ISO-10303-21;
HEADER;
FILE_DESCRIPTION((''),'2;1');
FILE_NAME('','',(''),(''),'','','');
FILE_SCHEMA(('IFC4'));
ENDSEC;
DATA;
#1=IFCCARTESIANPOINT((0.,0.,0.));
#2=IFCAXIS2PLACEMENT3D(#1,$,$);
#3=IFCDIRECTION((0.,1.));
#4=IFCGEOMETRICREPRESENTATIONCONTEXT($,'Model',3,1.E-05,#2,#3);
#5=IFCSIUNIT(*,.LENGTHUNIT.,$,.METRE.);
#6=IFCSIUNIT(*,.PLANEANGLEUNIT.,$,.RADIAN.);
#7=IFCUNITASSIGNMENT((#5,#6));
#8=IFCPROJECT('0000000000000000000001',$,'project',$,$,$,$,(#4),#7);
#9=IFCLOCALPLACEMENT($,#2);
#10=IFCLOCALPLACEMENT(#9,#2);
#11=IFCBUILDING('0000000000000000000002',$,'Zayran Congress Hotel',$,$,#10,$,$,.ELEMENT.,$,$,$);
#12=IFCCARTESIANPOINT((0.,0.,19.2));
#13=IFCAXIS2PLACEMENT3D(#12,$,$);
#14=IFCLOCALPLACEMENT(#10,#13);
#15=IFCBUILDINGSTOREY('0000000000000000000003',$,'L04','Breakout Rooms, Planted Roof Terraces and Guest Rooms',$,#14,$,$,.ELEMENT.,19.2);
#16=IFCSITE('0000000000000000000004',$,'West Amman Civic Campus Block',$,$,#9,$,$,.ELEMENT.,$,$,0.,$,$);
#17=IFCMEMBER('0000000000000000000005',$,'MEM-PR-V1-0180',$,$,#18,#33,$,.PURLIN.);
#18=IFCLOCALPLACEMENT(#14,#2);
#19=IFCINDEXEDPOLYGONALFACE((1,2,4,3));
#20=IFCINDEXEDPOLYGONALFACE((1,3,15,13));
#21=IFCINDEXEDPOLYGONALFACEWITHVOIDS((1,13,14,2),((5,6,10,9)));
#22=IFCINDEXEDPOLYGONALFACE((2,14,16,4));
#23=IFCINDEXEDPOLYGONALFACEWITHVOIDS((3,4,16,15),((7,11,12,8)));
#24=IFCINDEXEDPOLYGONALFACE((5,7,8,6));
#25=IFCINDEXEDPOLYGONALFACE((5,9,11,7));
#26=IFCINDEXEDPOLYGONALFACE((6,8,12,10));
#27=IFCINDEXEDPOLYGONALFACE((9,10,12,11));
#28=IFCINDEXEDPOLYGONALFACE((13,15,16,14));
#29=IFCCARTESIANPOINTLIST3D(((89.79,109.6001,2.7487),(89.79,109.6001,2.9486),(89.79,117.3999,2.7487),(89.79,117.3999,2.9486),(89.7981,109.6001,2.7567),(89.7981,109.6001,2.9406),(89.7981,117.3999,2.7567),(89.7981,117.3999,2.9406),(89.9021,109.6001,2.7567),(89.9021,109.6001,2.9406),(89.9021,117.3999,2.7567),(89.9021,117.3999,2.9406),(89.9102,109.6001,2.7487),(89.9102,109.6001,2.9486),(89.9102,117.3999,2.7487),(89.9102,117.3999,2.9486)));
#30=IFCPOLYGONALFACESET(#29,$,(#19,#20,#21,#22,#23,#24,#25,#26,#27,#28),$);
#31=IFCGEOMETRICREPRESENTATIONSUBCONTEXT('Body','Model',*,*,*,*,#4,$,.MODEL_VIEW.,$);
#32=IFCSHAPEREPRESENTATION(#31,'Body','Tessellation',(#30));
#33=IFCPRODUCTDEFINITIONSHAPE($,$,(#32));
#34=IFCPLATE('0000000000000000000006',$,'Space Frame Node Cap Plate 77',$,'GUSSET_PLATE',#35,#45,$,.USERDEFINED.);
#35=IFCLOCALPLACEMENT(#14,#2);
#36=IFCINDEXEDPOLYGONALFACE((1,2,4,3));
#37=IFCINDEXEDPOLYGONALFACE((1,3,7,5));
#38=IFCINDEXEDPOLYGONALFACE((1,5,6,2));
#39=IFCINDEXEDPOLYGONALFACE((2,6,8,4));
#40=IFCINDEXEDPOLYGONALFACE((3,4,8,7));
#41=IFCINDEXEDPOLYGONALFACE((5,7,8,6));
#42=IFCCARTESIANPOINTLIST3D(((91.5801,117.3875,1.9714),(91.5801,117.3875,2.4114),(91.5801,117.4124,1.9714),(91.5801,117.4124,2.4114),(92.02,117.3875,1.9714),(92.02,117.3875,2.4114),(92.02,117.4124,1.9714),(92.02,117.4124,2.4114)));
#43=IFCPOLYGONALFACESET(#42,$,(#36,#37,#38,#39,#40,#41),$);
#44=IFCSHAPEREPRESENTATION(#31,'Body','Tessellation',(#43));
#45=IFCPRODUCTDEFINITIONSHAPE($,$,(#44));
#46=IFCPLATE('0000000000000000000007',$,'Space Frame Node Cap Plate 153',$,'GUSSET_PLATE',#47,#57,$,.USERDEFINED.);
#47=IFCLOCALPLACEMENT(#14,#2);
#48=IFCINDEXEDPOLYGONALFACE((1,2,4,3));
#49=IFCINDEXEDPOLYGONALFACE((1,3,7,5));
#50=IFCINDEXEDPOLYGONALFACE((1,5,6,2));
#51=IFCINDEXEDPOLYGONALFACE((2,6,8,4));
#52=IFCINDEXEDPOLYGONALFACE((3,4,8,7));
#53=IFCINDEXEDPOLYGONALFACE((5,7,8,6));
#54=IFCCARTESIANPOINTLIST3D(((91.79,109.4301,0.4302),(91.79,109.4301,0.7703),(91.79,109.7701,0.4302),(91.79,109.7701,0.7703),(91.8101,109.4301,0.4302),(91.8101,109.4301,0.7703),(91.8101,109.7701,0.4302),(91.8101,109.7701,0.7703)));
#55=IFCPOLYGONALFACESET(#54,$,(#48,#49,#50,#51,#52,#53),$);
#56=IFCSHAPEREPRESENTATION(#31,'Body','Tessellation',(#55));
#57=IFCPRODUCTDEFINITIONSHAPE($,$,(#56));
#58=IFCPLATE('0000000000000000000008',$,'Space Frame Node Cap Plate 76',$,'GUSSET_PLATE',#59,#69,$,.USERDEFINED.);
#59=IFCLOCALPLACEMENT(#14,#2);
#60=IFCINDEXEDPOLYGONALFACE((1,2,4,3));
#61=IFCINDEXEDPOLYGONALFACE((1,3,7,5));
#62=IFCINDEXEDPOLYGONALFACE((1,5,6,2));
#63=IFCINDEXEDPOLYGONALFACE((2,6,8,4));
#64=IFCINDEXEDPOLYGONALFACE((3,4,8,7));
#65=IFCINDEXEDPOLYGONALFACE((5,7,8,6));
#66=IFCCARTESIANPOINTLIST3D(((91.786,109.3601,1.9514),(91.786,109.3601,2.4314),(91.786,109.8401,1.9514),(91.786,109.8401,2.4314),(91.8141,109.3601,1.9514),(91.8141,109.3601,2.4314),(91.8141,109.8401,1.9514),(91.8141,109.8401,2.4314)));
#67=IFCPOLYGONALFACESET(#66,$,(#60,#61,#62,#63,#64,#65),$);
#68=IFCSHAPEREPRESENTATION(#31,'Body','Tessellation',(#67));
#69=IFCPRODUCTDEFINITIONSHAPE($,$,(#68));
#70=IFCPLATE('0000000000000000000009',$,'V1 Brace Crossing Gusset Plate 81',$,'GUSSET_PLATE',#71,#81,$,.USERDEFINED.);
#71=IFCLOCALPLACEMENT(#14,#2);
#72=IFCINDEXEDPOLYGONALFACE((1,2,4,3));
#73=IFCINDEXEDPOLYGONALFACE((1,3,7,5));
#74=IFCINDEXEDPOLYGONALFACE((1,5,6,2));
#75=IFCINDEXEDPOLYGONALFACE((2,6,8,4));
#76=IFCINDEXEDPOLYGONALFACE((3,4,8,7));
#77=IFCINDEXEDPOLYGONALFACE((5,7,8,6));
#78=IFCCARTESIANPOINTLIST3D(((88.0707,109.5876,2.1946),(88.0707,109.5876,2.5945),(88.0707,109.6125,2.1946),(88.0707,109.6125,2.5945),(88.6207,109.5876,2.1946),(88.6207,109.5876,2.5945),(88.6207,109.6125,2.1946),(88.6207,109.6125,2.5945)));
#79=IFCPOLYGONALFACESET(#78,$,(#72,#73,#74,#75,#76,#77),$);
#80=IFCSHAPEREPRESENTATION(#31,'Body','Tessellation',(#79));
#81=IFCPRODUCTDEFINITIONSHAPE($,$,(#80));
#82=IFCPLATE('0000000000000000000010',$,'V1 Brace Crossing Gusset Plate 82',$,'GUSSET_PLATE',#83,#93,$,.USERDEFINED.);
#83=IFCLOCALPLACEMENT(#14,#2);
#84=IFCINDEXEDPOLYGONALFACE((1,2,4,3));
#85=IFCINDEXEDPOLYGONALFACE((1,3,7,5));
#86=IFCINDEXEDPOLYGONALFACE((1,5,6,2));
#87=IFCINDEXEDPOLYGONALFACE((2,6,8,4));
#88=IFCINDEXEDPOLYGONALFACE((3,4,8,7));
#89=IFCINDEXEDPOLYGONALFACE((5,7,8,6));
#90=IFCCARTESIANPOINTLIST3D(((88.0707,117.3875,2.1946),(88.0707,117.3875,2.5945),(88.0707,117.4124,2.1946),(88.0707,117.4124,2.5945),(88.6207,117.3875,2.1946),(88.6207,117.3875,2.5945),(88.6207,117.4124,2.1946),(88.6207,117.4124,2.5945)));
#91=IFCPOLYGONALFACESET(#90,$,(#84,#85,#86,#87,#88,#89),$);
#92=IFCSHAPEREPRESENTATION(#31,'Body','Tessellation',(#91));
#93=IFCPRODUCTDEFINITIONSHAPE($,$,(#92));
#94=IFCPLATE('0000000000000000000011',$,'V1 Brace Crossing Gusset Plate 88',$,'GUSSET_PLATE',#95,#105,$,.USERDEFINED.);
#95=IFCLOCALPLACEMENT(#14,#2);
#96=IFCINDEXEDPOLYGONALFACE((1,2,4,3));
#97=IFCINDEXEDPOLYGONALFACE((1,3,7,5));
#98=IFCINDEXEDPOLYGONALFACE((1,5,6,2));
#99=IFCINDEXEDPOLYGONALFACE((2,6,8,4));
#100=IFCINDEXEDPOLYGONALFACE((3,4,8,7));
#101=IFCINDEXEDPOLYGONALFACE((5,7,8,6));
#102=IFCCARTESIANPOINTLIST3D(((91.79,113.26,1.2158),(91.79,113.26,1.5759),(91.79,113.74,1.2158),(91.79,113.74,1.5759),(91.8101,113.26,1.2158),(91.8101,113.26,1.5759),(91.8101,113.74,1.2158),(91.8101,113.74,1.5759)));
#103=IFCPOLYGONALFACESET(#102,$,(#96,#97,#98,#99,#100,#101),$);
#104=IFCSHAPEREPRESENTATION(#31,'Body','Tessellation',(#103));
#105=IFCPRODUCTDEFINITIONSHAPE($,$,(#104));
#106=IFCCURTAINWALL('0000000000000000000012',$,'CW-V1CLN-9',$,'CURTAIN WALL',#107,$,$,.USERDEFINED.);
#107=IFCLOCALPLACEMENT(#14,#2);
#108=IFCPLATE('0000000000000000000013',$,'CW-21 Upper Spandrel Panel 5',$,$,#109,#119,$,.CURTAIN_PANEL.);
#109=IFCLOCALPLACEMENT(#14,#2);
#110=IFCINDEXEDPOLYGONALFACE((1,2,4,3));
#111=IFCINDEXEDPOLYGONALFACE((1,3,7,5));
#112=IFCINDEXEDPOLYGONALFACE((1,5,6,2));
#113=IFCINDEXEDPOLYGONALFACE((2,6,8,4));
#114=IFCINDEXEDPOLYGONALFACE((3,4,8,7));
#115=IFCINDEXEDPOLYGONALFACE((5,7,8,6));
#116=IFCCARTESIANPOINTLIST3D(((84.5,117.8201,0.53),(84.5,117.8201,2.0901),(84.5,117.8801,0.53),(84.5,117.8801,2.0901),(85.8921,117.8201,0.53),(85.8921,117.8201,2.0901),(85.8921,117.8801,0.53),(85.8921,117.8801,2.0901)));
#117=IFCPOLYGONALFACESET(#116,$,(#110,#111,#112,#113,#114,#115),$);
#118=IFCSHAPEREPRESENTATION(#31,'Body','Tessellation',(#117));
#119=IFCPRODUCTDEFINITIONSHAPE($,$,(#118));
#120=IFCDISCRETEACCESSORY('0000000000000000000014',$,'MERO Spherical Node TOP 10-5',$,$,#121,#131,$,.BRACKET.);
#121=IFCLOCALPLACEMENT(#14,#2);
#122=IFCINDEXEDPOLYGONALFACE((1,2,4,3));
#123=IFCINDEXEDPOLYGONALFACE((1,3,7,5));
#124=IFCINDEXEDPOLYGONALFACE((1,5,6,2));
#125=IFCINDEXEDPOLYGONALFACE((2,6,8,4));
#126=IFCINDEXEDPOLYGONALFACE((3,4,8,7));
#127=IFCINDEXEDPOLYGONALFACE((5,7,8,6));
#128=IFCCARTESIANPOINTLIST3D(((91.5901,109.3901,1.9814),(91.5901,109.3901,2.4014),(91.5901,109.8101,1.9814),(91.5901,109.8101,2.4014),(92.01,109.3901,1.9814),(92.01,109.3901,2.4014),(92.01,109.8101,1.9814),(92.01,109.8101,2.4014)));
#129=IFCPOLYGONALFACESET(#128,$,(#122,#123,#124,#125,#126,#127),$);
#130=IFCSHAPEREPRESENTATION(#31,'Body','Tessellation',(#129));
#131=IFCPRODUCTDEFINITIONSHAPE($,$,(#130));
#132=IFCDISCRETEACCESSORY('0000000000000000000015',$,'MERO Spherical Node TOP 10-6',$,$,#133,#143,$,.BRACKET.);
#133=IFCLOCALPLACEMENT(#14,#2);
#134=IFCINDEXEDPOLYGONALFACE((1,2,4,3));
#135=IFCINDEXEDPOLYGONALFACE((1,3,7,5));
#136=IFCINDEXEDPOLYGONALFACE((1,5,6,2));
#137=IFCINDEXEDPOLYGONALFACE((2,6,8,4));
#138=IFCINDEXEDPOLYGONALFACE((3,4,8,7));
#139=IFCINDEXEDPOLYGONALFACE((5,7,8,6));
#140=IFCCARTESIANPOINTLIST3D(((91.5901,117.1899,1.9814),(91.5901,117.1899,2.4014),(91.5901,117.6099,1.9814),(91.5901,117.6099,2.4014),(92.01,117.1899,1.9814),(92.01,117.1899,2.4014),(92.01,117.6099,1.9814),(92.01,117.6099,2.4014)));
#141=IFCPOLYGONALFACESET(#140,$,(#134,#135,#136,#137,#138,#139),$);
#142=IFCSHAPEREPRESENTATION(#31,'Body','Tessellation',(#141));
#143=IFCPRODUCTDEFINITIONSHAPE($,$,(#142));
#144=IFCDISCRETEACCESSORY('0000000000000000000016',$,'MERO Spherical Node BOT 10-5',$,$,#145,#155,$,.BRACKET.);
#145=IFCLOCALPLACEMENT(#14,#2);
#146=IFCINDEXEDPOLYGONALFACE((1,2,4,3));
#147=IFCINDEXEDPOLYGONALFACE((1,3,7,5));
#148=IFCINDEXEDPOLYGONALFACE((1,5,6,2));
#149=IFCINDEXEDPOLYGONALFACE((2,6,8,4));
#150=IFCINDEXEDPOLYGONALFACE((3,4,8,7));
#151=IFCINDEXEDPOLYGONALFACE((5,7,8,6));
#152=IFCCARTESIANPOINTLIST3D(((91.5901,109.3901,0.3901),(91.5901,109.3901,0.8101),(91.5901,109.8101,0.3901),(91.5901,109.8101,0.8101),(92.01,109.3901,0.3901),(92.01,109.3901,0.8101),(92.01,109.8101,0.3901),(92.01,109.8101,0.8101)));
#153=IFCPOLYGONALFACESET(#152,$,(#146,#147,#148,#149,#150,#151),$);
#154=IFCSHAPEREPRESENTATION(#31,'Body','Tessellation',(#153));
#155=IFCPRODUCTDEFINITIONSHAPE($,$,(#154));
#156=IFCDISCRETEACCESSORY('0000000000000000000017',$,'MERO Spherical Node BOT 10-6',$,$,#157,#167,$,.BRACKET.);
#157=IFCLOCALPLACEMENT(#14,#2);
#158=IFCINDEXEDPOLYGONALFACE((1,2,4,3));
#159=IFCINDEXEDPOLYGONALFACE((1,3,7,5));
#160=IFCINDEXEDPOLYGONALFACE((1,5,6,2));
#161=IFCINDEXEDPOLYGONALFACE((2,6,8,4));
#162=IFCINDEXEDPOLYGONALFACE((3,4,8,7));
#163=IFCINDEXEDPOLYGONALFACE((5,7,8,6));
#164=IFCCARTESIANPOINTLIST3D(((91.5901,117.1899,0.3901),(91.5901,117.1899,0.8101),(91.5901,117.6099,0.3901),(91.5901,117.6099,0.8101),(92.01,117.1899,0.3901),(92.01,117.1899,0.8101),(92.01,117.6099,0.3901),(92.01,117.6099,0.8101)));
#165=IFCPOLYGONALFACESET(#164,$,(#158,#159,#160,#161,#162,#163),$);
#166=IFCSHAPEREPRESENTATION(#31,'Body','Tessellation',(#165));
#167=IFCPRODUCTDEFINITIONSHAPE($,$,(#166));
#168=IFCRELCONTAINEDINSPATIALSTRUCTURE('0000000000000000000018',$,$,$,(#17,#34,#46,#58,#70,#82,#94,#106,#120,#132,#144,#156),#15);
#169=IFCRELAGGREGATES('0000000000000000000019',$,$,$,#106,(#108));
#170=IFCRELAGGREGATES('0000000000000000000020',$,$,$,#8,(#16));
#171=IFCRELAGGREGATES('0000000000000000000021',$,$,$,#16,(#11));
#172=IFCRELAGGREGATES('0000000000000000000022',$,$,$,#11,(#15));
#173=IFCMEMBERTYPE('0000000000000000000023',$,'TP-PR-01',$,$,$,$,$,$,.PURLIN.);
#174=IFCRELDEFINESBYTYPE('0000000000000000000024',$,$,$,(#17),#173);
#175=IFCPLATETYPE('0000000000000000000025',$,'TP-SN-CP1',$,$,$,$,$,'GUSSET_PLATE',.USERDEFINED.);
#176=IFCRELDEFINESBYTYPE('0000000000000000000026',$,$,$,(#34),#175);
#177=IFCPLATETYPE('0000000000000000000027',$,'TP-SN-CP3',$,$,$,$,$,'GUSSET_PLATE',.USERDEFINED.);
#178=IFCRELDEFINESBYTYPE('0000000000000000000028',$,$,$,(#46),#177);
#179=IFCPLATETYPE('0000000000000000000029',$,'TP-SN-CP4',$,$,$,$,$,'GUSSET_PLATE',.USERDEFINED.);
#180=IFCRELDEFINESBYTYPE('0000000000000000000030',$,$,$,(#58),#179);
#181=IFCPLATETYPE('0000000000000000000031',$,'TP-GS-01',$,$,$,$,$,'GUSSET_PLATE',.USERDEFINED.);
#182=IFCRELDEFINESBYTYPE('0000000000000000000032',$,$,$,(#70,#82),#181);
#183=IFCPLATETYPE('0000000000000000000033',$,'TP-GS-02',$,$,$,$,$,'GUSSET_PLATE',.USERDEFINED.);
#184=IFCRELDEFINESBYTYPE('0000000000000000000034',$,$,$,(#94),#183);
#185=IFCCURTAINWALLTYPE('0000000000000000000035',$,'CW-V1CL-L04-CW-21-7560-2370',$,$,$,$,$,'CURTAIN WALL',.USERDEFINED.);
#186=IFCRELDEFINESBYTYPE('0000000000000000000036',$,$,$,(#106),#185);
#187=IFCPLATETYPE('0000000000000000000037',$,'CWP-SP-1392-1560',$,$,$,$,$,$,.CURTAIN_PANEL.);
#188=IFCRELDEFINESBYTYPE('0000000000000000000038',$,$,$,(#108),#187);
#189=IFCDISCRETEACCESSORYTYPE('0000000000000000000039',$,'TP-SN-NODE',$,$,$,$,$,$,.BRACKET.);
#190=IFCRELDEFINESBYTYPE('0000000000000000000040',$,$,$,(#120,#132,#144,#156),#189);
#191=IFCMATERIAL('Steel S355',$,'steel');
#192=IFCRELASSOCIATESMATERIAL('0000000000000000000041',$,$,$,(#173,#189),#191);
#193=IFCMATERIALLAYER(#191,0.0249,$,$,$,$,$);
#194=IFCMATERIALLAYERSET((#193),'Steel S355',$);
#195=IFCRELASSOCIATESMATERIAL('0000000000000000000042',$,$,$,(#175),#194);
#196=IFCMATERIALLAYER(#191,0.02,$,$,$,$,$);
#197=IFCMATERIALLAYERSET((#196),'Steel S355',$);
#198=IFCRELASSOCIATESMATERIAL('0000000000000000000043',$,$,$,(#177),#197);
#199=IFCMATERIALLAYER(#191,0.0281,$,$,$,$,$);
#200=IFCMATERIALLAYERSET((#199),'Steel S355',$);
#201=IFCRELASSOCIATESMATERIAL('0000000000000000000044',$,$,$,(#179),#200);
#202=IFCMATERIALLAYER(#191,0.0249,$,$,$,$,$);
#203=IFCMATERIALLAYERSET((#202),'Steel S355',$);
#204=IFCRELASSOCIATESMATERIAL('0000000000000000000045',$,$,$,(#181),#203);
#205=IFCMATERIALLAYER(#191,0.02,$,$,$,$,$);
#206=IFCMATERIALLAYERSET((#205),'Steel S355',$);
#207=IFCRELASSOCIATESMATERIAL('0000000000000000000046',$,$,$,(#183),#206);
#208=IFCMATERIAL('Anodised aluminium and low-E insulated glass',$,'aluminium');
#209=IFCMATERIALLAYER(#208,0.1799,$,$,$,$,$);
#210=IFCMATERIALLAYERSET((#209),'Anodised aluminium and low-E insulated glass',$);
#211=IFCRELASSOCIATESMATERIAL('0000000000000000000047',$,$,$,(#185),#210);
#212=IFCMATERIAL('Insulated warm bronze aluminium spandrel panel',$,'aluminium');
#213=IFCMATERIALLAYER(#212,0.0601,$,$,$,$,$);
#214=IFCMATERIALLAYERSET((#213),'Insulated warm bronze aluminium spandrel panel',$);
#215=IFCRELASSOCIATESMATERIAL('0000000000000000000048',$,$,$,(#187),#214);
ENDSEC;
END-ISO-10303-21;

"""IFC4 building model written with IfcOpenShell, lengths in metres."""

from ifc_helpers import new_model, si_unit, direction, frame, origin, origin_2d, place, context, subcontext, project, spatial, rectangle, hollow_rectangle, extrude, material, layer, layer_set, material_profile, profile_set, type_object, element, aggregate, save


model = new_model("IFC4")

# Units and contexts
model_context = context("Model", 3, precision=1e-05, world=origin(), true_north=direction((0.0, 1.0)))
body_context = subcontext(model_context, "Body", "Model", "MODEL_VIEW")
ifc_project = project(units=[si_unit("LENGTHUNIT", "METRE"), si_unit("PLANEANGLEUNIT", "RADIAN")], contexts=[model_context])

# Site, building, storey
site_placement = place(None, origin())
site = spatial("IfcSite", under=ifc_project, at=site_placement, Name="West Amman Civic Campus Block", CompositionType="ELEMENT", RefElevation=0.0)
building_placement = place(site_placement, origin())
building = spatial("IfcBuilding", under=site, at=building_placement, Name="Zayran Congress Hotel", CompositionType="ELEMENT")
storey_placement = place(building_placement, frame((0.0, 0.0, 19.2)))
storey = spatial("IfcBuildingStorey", under=building, at=storey_placement, Name="L04", Description="Breakout Rooms, Planted Roof Terraces and Guest Rooms", CompositionType="ELEMENT", Elevation=19.2)

# Shared definitions
ifc_material_1 = material(Name="Steel S355", Category="steel")

# Member
ifc_material_profile_1 = material_profile(ifc_material_1, hollow_rectangle(XDim=0.1201, YDim=0.2, WallThickness=0.0081, at=origin_2d()), Name="RHS 200x120x8")
ifc_profile_set_1 = profile_set([ifc_material_profile_1], Name="Steel S355")
member_type_1 = type_object("IfcMemberType", Name="TP-PR-01", PredefinedType="PURLIN", material=ifc_profile_set_1)
for number, where, z_axis, x_axis, name in (
    (1, (89.8501, 109.6001, 2.8486), (0.0, 1.0, 0.0), (-1.0, 0.0, 0.0), "MEM-PR-V1-0180"),
):
    element("IfcMember", number, at=place(storey_placement, frame(where, z_axis=z_axis, x_axis=x_axis)), inside=storey, type_object=member_type_1, Name=name, PredefinedType="PURLIN", context=body_context, shape_type="SweptSolid", body=[
        extrude(hollow_rectangle(XDim=0.1201, YDim=0.2, WallThickness=0.0081, at=origin_2d()), origin(), (0.0, 0.0, 1.0), 7.7998),
    ])

# Plates
ifc_layer_1 = layer(ifc_material_1, 0.0249)
ifc_layer_set_1 = layer_set([ifc_layer_1], Name="Steel S355")
plate_type_1 = type_object("IfcPlateType", Name="TP-SN-CP1", ElementType="GUSSET_PLATE", PredefinedType="USERDEFINED", material=ifc_layer_set_1)
plate_1_placement = place(storey_placement, frame((91.8, 117.3999, 1.9714), z_axis=(0.0, 0.0, 1.0), x_axis=(1.0, 0.0, 0.0)))
element("IfcPlate", 2, at=plate_1_placement, inside=storey, type_object=plate_type_1, Name="Space Frame Node Cap Plate 77", ObjectType="GUSSET_PLATE", PredefinedType="USERDEFINED", context=body_context, shape_type="SweptSolid", body=[
    extrude(rectangle(XDim=0.4399, YDim=0.0249, at=origin_2d()), origin(), (0.0, 0.0, 1.0), 0.4399),
])
ifc_layer_2 = layer(ifc_material_1, 0.02)
ifc_layer_set_2 = layer_set([ifc_layer_2], Name="Steel S355")
plate_type_2 = type_object("IfcPlateType", Name="TP-SN-CP3", ElementType="GUSSET_PLATE", PredefinedType="USERDEFINED", material=ifc_layer_set_2)
plate_2_placement = place(storey_placement, frame((91.8, 109.6001, 0.4302), z_axis=(0.0, 0.0, 1.0), x_axis=(0.0, 1.0, 0.0)))
element("IfcPlate", 3, at=plate_2_placement, inside=storey, type_object=plate_type_2, Name="Space Frame Node Cap Plate 153", ObjectType="GUSSET_PLATE", PredefinedType="USERDEFINED", context=body_context, shape_type="SweptSolid", body=[
    extrude(rectangle(XDim=0.3401, YDim=0.02, at=origin_2d()), origin(), (0.0, 0.0, 1.0), 0.3401),
])
ifc_layer_3 = layer(ifc_material_1, 0.0281)
ifc_layer_set_3 = layer_set([ifc_layer_3], Name="Steel S355")
plate_type_3 = type_object("IfcPlateType", Name="TP-SN-CP4", ElementType="GUSSET_PLATE", PredefinedType="USERDEFINED", material=ifc_layer_set_3)
plate_3_placement = place(storey_placement, frame((91.8, 109.6001, 1.9514), z_axis=(0.0, 0.0, 1.0), x_axis=(0.0, 1.0, 0.0)))
element("IfcPlate", 4, at=plate_3_placement, inside=storey, type_object=plate_type_3, Name="Space Frame Node Cap Plate 76", ObjectType="GUSSET_PLATE", PredefinedType="USERDEFINED", context=body_context, shape_type="SweptSolid", body=[
    extrude(rectangle(XDim=0.48, YDim=0.0281, at=origin_2d()), origin(), (0.0, 0.0, 1.0), 0.48),
])
ifc_layer_4 = layer(ifc_material_1, 0.0249)
ifc_layer_set_4 = layer_set([ifc_layer_4], Name="Steel S355")
plate_type_4 = type_object("IfcPlateType", Name="TP-GS-01", ElementType="GUSSET_PLATE", PredefinedType="USERDEFINED", material=ifc_layer_set_4)
for number, where, z_axis, x_axis, name in (
    (5, (88.3457, 109.6001, 2.1946), (0.0, 0.0, 1.0), (1.0, 0.0, 0.0), "V1 Brace Crossing Gusset Plate 81"),
    (6, (88.3457, 117.3999, 2.1946), (0.0, 0.0, 1.0), (1.0, 0.0, 0.0), "V1 Brace Crossing Gusset Plate 82"),
):
    element("IfcPlate", number, at=place(storey_placement, frame(where, z_axis=z_axis, x_axis=x_axis)), inside=storey, type_object=plate_type_4, Name=name, ObjectType="GUSSET_PLATE", PredefinedType="USERDEFINED", context=body_context, shape_type="SweptSolid", body=[
        extrude(rectangle(XDim=0.55, YDim=0.0249, at=origin_2d()), origin(), (0.0, 0.0, 1.0), 0.3999),
    ])
ifc_layer_5 = layer(ifc_material_1, 0.02)
ifc_layer_set_5 = layer_set([ifc_layer_5], Name="Steel S355")
plate_type_5 = type_object("IfcPlateType", Name="TP-GS-02", ElementType="GUSSET_PLATE", PredefinedType="USERDEFINED", material=ifc_layer_set_5)
plate_4_placement = place(storey_placement, frame((91.8, 113.5, 1.2158), z_axis=(0.0, 0.0, 1.0), x_axis=(0.0, 1.0, 0.0)))
element("IfcPlate", 7, at=plate_4_placement, inside=storey, type_object=plate_type_5, Name="V1 Brace Crossing Gusset Plate 88", ObjectType="GUSSET_PLATE", PredefinedType="USERDEFINED", context=body_context, shape_type="SweptSolid", body=[
    extrude(rectangle(XDim=0.48, YDim=0.02, at=origin_2d()), origin(), (0.0, 0.0, 1.0), 0.3601),
])

# Curtain wall, plate
ifc_material_2 = material(Name="Anodised aluminium and low-E insulated glass", Category="aluminium")
ifc_layer_6 = layer(ifc_material_2, 0.1799)
ifc_layer_set_6 = layer_set([ifc_layer_6], Name="Anodised aluminium and low-E insulated glass")
curtain_wall_type = type_object("IfcCurtainWallType", Name="CW-V1CL-L04-CW-21-7560-2370", ElementType="CURTAIN WALL", PredefinedType="USERDEFINED", material=ifc_layer_set_6)
curtain_wall_placement = place(storey_placement, origin())
curtain_wall = element("IfcCurtainWall", 8, at=curtain_wall_placement, inside=storey, type_object=curtain_wall_type, Name="CW-V1CLN-9", ObjectType="CURTAIN WALL", PredefinedType="USERDEFINED")
ifc_material_3 = material(Name="Insulated warm bronze aluminium spandrel panel", Category="aluminium")
ifc_layer_7 = layer(ifc_material_3, 0.0601)
ifc_layer_set_7 = layer_set([ifc_layer_7], Name="Insulated warm bronze aluminium spandrel panel")
plate_type_6 = type_object("IfcPlateType", Name="CWP-SP-1392-1560", PredefinedType="CURTAIN_PANEL", material=ifc_layer_set_7)
plate_5_placement = place(storey_placement, frame((85.196, 117.8501, 0.53), z_axis=(0.0, 0.0, 1.0), x_axis=(1.0, 0.0, 0.0)))
plate_5 = element("IfcPlate", 9, at=plate_5_placement, type_object=plate_type_6, Name="CW-21 Upper Spandrel Panel 5", PredefinedType="CURTAIN_PANEL", context=body_context, shape_type="SweptSolid", body=[
    extrude(rectangle(XDim=1.3921, YDim=0.0601, at=origin_2d()), origin(), (0.0, 0.0, 1.0), 1.5601),
])
aggregate(curtain_wall, [plate_5])

# Discrete accessories
discrete_accessory_type = type_object("IfcDiscreteAccessoryType", Name="TP-SN-NODE", PredefinedType="BRACKET", material=ifc_material_1)
for number, where, z_axis, x_axis, name in (
    (10, (91.8, 109.6001, 1.9814), (0.0, 0.0, 1.0), (1.0, 0.0, 0.0), "MERO Spherical Node TOP 10-5"),
    (11, (91.8, 117.3999, 1.9814), (0.0, 0.0, 1.0), (1.0, 0.0, 0.0), "MERO Spherical Node TOP 10-6"),
    (12, (91.8, 109.6001, 0.3901), (0.0, 0.0, 1.0), (1.0, 0.0, 0.0), "MERO Spherical Node BOT 10-5"),
    (13, (91.8, 117.3999, 0.3901), (0.0, 0.0, 1.0), (1.0, 0.0, 0.0), "MERO Spherical Node BOT 10-6"),
):
    element("IfcDiscreteAccessory", number, at=place(storey_placement, frame(where, z_axis=z_axis, x_axis=x_axis)), inside=storey, type_object=discrete_accessory_type, Name=name, PredefinedType="BRACKET", context=body_context, shape_type="SweptSolid", body=[
        extrude(rectangle(XDim=0.4199, YDim=0.4199, at=origin_2d()), origin(), (0.0, 0.0, 1.0), 0.4199),
    ])

save(model, "model.ifc")
